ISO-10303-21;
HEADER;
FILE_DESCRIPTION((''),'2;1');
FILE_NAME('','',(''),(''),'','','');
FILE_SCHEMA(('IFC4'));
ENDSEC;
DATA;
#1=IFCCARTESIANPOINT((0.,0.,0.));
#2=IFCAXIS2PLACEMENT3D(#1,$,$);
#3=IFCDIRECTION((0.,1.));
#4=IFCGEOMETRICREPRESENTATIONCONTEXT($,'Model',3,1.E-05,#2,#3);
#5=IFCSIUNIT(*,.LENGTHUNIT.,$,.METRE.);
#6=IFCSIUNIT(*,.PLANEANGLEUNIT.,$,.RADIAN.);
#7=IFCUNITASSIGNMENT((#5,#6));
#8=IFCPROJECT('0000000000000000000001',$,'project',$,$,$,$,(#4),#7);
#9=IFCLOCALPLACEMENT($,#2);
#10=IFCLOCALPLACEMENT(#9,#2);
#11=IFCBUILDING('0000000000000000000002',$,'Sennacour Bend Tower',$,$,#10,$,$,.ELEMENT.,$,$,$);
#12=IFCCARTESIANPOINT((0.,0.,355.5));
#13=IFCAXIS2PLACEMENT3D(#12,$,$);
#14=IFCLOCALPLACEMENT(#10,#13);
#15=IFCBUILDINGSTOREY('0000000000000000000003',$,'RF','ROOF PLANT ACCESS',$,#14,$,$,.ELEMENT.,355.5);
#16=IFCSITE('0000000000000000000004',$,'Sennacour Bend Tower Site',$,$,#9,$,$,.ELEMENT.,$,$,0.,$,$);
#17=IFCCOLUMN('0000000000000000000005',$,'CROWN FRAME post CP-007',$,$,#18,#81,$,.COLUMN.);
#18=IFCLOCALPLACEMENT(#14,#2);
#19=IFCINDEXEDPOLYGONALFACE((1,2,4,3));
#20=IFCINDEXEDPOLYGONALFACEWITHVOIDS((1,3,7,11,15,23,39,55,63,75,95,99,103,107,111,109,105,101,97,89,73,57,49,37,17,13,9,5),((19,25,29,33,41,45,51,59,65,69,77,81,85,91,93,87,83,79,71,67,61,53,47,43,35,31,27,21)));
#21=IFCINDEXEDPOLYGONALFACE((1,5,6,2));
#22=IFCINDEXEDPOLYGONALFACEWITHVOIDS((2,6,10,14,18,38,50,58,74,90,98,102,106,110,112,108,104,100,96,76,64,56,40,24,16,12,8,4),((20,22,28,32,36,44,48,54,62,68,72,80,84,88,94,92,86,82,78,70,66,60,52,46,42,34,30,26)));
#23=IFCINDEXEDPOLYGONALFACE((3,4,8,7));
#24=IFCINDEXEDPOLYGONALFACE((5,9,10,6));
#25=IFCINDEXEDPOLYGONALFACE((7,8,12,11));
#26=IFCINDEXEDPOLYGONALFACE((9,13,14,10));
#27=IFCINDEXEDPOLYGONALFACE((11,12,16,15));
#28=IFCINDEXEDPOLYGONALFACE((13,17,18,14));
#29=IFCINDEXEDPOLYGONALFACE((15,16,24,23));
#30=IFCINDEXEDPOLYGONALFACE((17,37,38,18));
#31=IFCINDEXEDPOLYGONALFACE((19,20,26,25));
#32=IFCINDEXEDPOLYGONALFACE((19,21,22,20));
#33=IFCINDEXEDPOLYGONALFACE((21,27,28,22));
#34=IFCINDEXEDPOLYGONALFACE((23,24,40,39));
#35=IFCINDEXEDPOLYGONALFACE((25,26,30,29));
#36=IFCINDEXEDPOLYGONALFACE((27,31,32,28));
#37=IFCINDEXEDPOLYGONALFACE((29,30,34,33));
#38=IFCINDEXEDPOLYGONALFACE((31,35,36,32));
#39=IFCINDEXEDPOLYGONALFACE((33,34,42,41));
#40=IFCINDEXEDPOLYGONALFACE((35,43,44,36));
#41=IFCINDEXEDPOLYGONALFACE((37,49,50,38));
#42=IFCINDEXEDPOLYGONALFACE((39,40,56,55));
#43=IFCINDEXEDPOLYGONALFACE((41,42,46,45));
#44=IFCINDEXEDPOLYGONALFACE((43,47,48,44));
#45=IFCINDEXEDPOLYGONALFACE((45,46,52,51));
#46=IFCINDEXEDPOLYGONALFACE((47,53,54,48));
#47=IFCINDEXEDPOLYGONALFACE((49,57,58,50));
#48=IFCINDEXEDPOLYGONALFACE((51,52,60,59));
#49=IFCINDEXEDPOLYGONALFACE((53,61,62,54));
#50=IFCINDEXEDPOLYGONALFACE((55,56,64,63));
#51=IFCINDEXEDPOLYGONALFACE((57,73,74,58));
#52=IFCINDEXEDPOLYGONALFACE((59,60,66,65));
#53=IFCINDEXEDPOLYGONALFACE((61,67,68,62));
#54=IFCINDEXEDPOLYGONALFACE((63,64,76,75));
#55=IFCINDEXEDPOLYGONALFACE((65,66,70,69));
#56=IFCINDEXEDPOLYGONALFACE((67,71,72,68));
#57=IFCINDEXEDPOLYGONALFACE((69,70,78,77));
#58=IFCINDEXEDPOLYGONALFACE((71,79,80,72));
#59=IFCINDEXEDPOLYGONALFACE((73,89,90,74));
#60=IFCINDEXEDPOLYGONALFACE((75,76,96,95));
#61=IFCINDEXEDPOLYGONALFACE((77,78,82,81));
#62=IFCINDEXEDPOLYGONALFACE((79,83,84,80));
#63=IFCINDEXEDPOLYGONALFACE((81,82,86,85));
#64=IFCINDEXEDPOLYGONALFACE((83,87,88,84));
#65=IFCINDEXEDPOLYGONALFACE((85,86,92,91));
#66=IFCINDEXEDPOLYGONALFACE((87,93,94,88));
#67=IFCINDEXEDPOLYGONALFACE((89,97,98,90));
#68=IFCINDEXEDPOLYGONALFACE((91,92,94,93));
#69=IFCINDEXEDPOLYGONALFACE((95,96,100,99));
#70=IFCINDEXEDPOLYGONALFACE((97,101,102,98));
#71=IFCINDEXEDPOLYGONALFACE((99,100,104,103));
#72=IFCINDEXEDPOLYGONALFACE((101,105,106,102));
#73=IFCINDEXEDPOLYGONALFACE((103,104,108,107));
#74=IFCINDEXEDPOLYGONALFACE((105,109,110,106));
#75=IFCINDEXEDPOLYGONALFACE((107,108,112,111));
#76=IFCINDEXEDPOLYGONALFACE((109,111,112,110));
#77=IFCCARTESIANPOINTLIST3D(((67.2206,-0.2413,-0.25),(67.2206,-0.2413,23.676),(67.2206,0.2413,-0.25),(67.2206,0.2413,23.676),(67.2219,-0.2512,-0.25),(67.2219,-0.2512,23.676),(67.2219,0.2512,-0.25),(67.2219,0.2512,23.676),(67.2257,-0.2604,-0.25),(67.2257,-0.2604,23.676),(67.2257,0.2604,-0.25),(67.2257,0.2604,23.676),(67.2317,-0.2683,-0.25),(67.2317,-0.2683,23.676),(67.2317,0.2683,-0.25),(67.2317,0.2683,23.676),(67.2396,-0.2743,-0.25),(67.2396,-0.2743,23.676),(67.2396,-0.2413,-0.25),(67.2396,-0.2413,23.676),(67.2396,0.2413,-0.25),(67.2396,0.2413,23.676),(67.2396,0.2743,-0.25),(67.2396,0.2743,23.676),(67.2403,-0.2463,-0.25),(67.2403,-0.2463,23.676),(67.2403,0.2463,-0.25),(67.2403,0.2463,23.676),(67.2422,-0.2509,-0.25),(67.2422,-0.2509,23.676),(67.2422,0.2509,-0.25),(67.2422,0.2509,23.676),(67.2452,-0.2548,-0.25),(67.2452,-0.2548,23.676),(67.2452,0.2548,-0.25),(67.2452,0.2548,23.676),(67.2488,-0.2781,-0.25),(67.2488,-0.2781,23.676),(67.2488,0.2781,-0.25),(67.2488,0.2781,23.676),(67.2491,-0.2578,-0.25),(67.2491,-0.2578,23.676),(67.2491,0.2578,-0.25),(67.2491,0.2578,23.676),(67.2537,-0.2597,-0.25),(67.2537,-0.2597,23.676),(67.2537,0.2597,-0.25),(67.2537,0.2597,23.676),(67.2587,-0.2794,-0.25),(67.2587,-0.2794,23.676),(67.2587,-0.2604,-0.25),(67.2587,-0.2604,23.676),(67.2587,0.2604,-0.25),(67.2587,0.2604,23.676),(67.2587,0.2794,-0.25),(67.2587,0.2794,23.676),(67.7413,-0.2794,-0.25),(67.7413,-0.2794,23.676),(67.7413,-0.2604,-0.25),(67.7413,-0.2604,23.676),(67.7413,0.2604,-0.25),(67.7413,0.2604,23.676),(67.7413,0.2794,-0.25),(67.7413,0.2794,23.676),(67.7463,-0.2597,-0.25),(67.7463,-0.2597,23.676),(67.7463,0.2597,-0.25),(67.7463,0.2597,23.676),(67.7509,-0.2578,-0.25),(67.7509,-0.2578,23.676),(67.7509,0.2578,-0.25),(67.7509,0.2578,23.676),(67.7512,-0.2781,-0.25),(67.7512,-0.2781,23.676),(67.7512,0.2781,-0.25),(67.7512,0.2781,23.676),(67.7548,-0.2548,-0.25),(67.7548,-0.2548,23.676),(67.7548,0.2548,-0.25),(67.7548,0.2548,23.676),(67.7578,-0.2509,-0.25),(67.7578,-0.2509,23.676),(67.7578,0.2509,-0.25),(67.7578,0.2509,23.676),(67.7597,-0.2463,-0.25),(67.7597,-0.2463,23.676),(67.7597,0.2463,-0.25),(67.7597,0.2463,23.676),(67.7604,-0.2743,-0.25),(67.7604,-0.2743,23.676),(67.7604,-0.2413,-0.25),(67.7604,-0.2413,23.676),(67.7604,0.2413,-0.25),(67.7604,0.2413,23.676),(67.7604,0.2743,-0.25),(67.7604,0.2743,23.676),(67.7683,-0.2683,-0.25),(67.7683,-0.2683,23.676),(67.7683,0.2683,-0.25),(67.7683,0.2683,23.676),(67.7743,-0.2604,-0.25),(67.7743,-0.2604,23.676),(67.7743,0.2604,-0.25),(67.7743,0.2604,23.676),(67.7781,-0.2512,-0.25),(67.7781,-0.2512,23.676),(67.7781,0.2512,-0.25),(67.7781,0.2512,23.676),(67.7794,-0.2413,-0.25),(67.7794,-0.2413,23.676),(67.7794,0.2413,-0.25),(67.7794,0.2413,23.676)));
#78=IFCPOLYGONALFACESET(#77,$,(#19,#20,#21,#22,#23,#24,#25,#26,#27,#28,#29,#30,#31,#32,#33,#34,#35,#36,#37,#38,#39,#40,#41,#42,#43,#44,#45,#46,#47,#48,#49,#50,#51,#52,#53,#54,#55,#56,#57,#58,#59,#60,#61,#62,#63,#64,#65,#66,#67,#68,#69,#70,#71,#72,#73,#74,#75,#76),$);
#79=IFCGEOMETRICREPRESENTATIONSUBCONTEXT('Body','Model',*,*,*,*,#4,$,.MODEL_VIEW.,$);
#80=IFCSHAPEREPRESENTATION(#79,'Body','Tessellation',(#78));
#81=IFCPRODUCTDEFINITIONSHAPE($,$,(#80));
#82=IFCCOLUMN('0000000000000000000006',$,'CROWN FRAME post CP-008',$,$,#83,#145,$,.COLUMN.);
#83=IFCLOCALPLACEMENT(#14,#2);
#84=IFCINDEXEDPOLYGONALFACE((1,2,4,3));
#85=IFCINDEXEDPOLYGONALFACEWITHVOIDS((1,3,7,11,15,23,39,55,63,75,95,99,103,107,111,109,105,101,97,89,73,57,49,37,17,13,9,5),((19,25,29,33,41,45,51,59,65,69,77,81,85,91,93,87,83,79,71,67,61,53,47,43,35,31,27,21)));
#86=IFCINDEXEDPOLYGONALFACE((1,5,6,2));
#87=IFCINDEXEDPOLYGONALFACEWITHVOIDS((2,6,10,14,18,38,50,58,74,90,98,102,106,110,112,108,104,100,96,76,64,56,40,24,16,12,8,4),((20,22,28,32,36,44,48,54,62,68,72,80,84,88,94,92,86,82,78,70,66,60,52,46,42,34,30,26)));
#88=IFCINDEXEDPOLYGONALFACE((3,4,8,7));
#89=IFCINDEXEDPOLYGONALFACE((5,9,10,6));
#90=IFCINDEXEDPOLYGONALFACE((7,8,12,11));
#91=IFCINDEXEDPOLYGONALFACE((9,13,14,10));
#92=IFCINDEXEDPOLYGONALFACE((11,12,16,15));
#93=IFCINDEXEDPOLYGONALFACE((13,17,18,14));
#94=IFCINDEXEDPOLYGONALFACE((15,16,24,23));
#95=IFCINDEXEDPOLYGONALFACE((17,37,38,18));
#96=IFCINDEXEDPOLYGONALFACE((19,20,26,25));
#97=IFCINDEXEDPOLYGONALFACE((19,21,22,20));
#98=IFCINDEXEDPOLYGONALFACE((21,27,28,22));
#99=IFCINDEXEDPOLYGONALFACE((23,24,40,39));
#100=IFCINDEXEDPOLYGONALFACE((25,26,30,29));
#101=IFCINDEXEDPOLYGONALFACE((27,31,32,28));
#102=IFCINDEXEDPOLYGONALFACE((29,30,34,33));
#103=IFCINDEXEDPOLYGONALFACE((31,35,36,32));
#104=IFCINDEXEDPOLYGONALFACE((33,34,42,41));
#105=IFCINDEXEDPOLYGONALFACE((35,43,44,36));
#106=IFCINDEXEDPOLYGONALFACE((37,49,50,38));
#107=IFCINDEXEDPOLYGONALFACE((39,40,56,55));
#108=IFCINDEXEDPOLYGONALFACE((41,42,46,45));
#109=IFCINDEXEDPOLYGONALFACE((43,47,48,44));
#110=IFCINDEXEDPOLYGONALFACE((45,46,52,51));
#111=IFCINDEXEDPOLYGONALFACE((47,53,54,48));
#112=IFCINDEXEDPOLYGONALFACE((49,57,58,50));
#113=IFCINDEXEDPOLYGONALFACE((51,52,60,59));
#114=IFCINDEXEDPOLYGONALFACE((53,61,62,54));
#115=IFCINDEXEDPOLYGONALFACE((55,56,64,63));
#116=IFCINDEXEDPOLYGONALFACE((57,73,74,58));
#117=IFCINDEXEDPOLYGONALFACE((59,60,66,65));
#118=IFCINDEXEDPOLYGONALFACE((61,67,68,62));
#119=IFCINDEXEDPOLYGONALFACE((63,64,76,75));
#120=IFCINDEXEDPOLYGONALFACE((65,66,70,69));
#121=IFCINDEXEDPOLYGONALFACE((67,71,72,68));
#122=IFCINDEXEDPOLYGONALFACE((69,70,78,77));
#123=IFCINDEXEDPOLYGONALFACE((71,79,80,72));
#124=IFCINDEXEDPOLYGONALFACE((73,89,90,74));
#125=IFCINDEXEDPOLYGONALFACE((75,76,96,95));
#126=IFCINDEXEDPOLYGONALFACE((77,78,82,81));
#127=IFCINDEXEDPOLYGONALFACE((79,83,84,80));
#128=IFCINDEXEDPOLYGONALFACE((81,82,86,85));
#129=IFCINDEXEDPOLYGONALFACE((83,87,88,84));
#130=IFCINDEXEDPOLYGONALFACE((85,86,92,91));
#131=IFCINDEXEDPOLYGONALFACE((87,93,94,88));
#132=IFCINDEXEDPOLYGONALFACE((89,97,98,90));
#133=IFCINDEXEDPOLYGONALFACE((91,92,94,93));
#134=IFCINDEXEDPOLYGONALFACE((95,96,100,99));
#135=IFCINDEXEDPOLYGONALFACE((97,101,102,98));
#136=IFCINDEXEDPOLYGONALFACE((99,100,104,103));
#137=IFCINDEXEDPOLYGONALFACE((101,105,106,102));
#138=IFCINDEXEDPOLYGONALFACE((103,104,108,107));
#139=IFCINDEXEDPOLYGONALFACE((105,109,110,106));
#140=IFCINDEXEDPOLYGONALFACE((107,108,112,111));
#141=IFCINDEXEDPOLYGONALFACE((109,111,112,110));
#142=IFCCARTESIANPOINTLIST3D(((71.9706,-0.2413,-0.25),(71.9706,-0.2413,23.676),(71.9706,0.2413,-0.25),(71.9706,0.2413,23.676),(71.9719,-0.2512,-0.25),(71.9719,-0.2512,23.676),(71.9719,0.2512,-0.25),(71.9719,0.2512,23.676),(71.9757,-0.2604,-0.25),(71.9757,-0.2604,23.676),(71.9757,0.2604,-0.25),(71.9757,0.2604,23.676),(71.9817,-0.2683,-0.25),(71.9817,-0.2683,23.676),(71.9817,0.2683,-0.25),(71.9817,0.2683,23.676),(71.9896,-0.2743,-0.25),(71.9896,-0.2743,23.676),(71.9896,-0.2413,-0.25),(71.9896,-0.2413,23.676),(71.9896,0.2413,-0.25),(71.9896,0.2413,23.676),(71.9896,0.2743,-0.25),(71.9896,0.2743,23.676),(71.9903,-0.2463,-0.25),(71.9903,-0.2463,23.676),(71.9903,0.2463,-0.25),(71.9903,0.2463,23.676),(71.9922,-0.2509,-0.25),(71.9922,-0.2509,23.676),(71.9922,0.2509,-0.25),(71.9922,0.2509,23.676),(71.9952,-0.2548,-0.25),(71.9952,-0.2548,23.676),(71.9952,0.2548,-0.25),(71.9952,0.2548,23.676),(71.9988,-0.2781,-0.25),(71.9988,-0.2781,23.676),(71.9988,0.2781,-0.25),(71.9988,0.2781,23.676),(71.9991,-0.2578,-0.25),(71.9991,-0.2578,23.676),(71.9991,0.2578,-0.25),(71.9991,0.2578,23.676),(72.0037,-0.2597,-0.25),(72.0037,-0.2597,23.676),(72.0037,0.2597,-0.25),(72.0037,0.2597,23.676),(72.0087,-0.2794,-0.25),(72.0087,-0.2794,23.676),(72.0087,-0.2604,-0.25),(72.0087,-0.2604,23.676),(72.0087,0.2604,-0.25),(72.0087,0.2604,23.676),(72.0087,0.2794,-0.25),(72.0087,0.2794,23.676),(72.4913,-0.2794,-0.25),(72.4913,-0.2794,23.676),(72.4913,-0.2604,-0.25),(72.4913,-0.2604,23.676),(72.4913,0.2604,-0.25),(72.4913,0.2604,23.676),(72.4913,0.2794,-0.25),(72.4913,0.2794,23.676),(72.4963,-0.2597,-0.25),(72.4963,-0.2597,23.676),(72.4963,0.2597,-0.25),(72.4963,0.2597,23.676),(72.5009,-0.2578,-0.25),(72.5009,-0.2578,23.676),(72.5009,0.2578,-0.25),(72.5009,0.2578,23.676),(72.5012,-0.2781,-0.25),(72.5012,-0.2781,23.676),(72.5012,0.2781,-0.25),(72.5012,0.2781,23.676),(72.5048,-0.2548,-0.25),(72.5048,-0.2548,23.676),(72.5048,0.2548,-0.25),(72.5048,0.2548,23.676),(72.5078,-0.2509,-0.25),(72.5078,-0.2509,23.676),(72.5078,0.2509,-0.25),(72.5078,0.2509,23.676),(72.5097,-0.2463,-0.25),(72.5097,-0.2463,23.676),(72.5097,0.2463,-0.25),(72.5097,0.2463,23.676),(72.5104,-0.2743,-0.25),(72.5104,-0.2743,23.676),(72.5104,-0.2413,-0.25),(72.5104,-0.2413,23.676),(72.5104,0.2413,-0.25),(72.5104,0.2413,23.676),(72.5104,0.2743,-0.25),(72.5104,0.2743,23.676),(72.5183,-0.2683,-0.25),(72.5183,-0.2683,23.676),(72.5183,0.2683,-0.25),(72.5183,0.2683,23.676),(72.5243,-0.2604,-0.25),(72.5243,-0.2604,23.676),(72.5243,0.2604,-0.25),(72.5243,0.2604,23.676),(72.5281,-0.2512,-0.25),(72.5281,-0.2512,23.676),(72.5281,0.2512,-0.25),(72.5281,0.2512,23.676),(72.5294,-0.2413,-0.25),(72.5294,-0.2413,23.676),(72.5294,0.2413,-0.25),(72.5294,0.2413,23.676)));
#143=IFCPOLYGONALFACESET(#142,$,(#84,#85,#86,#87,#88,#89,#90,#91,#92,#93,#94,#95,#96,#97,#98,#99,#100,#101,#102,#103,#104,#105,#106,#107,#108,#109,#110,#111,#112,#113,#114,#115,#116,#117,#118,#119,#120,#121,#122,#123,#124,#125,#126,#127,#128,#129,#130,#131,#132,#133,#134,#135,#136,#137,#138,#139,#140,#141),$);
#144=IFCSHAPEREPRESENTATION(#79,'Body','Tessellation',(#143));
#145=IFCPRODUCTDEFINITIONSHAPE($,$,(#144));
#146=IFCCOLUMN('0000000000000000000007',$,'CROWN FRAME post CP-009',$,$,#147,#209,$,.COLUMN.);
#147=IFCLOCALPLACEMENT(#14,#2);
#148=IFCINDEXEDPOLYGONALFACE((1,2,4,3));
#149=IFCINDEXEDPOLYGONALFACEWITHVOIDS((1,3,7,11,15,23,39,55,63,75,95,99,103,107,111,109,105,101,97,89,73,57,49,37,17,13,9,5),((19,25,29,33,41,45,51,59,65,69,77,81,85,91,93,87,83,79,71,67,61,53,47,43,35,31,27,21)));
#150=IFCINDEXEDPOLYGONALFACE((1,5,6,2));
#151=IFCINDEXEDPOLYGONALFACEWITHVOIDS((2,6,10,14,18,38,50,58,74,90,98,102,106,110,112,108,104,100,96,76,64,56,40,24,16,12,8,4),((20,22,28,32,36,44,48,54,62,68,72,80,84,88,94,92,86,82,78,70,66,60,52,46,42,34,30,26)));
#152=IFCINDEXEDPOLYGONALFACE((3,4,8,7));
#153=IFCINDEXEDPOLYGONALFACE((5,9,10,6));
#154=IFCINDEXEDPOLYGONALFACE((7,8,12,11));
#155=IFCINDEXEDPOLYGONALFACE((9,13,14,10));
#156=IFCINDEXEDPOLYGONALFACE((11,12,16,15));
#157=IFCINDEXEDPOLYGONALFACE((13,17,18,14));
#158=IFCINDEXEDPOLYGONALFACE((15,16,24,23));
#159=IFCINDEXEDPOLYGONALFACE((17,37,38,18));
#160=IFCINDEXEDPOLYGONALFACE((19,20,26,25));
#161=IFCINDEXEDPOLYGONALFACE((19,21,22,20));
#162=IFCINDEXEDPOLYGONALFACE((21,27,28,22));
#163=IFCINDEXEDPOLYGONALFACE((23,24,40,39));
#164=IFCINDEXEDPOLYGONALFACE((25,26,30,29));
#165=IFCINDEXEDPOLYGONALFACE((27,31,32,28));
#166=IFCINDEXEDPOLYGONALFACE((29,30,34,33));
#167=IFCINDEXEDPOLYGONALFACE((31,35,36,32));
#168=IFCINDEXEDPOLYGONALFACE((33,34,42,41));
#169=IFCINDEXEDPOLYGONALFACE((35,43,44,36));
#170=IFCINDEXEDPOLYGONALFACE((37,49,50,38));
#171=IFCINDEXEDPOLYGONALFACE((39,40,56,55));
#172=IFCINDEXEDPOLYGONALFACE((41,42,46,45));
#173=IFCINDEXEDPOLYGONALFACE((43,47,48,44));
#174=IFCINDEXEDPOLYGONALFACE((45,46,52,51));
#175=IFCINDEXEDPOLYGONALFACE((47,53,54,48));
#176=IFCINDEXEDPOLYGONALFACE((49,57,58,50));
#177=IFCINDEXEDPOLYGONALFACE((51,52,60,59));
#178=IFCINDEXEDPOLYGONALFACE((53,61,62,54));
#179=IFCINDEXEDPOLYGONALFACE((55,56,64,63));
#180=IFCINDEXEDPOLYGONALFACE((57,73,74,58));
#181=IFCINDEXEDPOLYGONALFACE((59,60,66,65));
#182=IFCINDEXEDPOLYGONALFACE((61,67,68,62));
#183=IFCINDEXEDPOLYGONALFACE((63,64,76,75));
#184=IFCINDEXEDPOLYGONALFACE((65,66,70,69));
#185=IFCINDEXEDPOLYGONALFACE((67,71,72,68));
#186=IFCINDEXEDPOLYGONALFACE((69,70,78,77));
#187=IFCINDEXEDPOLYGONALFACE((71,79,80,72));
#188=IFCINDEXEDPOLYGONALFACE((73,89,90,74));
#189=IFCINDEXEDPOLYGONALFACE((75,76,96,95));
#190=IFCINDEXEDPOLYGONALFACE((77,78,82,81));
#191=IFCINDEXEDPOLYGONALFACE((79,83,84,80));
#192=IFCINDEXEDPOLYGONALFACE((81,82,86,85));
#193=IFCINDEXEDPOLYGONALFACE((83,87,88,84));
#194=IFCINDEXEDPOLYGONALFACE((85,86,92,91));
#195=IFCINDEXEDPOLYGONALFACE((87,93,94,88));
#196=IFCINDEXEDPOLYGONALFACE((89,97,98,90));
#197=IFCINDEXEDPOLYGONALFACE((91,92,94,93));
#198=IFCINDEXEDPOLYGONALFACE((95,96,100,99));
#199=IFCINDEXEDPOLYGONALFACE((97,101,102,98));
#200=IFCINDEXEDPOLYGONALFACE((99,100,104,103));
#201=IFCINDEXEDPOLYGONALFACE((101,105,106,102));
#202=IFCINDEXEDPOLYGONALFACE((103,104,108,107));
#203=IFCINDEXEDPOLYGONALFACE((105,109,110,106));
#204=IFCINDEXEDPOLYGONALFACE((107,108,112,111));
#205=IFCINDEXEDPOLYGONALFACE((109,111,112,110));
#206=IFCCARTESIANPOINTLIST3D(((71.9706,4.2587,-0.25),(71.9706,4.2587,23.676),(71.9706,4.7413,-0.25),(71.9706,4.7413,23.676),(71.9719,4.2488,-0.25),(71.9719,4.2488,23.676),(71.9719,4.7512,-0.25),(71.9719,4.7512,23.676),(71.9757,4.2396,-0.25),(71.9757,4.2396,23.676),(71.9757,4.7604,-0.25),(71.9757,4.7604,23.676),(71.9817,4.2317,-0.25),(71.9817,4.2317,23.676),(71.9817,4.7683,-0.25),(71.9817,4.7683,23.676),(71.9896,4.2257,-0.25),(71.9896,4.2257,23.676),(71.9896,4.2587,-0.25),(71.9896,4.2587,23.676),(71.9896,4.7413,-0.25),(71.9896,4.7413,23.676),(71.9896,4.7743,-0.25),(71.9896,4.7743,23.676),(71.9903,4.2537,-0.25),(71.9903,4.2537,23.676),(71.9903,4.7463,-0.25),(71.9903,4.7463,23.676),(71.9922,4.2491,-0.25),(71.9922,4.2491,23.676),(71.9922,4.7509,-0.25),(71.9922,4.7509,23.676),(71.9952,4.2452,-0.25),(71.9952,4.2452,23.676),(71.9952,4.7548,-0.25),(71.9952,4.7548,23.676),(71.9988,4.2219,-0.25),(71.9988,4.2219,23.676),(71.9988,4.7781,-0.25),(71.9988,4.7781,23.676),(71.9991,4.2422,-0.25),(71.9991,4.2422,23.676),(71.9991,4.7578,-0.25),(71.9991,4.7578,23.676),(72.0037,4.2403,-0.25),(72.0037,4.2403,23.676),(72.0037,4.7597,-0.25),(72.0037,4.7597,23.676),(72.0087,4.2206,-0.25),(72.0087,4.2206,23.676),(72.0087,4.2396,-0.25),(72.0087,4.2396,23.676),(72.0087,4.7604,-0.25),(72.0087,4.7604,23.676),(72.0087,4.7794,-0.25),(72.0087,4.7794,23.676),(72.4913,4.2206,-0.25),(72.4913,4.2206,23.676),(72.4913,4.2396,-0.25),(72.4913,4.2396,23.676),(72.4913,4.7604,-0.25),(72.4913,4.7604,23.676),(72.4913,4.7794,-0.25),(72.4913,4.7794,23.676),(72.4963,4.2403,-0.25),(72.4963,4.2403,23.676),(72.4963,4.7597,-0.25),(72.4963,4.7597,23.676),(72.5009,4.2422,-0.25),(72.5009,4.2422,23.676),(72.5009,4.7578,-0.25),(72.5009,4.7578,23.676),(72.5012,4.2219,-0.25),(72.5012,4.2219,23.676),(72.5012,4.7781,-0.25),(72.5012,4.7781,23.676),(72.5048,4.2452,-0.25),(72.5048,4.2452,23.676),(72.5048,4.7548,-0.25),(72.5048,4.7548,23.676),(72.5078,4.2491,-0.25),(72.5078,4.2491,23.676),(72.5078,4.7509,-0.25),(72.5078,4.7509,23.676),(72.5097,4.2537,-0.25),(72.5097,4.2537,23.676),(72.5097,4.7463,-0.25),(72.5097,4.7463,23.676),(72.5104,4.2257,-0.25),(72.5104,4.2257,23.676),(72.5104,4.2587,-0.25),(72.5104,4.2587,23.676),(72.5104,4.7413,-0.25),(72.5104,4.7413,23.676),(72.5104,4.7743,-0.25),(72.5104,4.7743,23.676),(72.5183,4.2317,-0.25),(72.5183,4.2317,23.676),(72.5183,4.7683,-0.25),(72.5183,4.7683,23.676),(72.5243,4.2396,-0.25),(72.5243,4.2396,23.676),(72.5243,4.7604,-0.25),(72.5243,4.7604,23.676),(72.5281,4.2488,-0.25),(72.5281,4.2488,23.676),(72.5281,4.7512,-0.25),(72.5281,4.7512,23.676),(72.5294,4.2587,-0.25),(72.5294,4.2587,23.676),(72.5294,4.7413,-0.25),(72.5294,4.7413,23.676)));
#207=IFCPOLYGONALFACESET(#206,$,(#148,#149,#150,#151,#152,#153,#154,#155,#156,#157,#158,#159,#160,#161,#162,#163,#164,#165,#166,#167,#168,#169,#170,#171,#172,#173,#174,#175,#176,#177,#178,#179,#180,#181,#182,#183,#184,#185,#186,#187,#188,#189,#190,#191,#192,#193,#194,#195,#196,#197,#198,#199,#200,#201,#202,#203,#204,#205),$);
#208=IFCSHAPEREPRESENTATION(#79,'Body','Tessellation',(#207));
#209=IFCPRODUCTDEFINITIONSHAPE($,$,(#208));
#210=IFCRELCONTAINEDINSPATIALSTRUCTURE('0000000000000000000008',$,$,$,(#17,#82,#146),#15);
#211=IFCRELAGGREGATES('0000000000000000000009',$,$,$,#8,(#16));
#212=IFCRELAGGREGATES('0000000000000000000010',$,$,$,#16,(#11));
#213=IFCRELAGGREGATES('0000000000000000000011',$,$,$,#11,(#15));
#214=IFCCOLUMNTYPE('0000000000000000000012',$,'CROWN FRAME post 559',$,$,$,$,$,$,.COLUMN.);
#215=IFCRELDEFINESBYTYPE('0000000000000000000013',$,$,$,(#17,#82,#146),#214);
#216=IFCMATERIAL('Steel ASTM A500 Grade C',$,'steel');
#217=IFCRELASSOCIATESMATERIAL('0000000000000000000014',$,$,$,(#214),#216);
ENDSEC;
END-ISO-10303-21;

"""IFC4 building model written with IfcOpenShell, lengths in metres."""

from ifc_helpers import new_model, si_unit, direction, frame, origin, origin_2d, place, context, subcontext, project, spatial, hollow_rectangle, extrude, material, material_profile, profile_set, type_object, element, save


model = new_model("IFC4")

# Units and contexts
model_context = context("Model", 3, precision=1e-05, world=origin(), true_north=direction((0.0, 1.0)))
body_context = subcontext(model_context, "Body", "Model", "MODEL_VIEW")
ifc_project = project(units=[si_unit("LENGTHUNIT", "METRE"), si_unit("PLANEANGLEUNIT", "RADIAN")], contexts=[model_context])

# Site, building, storey
site_placement = place(None, origin())
site = spatial("IfcSite", under=ifc_project, at=site_placement, Name="Sennacour Bend Tower Site", CompositionType="ELEMENT", RefElevation=0.0)
building_placement = place(site_placement, origin())
building = spatial("IfcBuilding", under=site, at=building_placement, Name="Sennacour Bend Tower", CompositionType="ELEMENT")
storey_placement = place(building_placement, frame((0.0, 0.0, 355.5)))
storey = spatial("IfcBuildingStorey", under=building, at=storey_placement, Name="RF", Description="ROOF PLANT ACCESS", CompositionType="ELEMENT", Elevation=355.5)

# Columns
ifc_material_1 = material(Name="Steel ASTM A500 Grade C", Category="steel")
ifc_material_profile_1 = material_profile(ifc_material_1, hollow_rectangle(XDim=0.5588, YDim=0.5588, WallThickness=0.019, InnerFilletRadius=0.019, OuterFilletRadius=0.0381, at=origin_2d()), Name="Steel ASTM A500 Grade C", Category="steel")
ifc_profile_set_1 = profile_set([ifc_material_profile_1], Name="Steel ASTM A500 Grade C")
column_type = type_object("IfcColumnType", Name="CROWN FRAME post 559", PredefinedType="COLUMN", material=ifc_profile_set_1)
for number, where, z_axis, x_axis, name in (
    (1, (67.5, 0.0, -0.25), (0.0, 0.0, 1.0), (1.0, 0.0, 0.0), "CROWN FRAME post CP-007"),
    (2, (72.25, 0.0, -0.25), (0.0, 0.0, 1.0), (1.0, 0.0, 0.0), "CROWN FRAME post CP-008"),
    (3, (72.25, 4.5, -0.25), (0.0, 0.0, 1.0), (1.0, 0.0, 0.0), "CROWN FRAME post CP-009"),
):
    element("IfcColumn", number, at=place(storey_placement, frame(where, z_axis=z_axis, x_axis=x_axis)), inside=storey, type_object=column_type, Name=name, PredefinedType="COLUMN", context=body_context, shape_type="SweptSolid", body=[
        extrude(hollow_rectangle(XDim=0.5588, YDim=0.5588, WallThickness=0.019, InnerFilletRadius=0.019, OuterFilletRadius=0.0381, at=origin_2d()), origin(), (0.0, 0.0, 1.0), 23.926),
    ])

save(model, "model.ifc")
